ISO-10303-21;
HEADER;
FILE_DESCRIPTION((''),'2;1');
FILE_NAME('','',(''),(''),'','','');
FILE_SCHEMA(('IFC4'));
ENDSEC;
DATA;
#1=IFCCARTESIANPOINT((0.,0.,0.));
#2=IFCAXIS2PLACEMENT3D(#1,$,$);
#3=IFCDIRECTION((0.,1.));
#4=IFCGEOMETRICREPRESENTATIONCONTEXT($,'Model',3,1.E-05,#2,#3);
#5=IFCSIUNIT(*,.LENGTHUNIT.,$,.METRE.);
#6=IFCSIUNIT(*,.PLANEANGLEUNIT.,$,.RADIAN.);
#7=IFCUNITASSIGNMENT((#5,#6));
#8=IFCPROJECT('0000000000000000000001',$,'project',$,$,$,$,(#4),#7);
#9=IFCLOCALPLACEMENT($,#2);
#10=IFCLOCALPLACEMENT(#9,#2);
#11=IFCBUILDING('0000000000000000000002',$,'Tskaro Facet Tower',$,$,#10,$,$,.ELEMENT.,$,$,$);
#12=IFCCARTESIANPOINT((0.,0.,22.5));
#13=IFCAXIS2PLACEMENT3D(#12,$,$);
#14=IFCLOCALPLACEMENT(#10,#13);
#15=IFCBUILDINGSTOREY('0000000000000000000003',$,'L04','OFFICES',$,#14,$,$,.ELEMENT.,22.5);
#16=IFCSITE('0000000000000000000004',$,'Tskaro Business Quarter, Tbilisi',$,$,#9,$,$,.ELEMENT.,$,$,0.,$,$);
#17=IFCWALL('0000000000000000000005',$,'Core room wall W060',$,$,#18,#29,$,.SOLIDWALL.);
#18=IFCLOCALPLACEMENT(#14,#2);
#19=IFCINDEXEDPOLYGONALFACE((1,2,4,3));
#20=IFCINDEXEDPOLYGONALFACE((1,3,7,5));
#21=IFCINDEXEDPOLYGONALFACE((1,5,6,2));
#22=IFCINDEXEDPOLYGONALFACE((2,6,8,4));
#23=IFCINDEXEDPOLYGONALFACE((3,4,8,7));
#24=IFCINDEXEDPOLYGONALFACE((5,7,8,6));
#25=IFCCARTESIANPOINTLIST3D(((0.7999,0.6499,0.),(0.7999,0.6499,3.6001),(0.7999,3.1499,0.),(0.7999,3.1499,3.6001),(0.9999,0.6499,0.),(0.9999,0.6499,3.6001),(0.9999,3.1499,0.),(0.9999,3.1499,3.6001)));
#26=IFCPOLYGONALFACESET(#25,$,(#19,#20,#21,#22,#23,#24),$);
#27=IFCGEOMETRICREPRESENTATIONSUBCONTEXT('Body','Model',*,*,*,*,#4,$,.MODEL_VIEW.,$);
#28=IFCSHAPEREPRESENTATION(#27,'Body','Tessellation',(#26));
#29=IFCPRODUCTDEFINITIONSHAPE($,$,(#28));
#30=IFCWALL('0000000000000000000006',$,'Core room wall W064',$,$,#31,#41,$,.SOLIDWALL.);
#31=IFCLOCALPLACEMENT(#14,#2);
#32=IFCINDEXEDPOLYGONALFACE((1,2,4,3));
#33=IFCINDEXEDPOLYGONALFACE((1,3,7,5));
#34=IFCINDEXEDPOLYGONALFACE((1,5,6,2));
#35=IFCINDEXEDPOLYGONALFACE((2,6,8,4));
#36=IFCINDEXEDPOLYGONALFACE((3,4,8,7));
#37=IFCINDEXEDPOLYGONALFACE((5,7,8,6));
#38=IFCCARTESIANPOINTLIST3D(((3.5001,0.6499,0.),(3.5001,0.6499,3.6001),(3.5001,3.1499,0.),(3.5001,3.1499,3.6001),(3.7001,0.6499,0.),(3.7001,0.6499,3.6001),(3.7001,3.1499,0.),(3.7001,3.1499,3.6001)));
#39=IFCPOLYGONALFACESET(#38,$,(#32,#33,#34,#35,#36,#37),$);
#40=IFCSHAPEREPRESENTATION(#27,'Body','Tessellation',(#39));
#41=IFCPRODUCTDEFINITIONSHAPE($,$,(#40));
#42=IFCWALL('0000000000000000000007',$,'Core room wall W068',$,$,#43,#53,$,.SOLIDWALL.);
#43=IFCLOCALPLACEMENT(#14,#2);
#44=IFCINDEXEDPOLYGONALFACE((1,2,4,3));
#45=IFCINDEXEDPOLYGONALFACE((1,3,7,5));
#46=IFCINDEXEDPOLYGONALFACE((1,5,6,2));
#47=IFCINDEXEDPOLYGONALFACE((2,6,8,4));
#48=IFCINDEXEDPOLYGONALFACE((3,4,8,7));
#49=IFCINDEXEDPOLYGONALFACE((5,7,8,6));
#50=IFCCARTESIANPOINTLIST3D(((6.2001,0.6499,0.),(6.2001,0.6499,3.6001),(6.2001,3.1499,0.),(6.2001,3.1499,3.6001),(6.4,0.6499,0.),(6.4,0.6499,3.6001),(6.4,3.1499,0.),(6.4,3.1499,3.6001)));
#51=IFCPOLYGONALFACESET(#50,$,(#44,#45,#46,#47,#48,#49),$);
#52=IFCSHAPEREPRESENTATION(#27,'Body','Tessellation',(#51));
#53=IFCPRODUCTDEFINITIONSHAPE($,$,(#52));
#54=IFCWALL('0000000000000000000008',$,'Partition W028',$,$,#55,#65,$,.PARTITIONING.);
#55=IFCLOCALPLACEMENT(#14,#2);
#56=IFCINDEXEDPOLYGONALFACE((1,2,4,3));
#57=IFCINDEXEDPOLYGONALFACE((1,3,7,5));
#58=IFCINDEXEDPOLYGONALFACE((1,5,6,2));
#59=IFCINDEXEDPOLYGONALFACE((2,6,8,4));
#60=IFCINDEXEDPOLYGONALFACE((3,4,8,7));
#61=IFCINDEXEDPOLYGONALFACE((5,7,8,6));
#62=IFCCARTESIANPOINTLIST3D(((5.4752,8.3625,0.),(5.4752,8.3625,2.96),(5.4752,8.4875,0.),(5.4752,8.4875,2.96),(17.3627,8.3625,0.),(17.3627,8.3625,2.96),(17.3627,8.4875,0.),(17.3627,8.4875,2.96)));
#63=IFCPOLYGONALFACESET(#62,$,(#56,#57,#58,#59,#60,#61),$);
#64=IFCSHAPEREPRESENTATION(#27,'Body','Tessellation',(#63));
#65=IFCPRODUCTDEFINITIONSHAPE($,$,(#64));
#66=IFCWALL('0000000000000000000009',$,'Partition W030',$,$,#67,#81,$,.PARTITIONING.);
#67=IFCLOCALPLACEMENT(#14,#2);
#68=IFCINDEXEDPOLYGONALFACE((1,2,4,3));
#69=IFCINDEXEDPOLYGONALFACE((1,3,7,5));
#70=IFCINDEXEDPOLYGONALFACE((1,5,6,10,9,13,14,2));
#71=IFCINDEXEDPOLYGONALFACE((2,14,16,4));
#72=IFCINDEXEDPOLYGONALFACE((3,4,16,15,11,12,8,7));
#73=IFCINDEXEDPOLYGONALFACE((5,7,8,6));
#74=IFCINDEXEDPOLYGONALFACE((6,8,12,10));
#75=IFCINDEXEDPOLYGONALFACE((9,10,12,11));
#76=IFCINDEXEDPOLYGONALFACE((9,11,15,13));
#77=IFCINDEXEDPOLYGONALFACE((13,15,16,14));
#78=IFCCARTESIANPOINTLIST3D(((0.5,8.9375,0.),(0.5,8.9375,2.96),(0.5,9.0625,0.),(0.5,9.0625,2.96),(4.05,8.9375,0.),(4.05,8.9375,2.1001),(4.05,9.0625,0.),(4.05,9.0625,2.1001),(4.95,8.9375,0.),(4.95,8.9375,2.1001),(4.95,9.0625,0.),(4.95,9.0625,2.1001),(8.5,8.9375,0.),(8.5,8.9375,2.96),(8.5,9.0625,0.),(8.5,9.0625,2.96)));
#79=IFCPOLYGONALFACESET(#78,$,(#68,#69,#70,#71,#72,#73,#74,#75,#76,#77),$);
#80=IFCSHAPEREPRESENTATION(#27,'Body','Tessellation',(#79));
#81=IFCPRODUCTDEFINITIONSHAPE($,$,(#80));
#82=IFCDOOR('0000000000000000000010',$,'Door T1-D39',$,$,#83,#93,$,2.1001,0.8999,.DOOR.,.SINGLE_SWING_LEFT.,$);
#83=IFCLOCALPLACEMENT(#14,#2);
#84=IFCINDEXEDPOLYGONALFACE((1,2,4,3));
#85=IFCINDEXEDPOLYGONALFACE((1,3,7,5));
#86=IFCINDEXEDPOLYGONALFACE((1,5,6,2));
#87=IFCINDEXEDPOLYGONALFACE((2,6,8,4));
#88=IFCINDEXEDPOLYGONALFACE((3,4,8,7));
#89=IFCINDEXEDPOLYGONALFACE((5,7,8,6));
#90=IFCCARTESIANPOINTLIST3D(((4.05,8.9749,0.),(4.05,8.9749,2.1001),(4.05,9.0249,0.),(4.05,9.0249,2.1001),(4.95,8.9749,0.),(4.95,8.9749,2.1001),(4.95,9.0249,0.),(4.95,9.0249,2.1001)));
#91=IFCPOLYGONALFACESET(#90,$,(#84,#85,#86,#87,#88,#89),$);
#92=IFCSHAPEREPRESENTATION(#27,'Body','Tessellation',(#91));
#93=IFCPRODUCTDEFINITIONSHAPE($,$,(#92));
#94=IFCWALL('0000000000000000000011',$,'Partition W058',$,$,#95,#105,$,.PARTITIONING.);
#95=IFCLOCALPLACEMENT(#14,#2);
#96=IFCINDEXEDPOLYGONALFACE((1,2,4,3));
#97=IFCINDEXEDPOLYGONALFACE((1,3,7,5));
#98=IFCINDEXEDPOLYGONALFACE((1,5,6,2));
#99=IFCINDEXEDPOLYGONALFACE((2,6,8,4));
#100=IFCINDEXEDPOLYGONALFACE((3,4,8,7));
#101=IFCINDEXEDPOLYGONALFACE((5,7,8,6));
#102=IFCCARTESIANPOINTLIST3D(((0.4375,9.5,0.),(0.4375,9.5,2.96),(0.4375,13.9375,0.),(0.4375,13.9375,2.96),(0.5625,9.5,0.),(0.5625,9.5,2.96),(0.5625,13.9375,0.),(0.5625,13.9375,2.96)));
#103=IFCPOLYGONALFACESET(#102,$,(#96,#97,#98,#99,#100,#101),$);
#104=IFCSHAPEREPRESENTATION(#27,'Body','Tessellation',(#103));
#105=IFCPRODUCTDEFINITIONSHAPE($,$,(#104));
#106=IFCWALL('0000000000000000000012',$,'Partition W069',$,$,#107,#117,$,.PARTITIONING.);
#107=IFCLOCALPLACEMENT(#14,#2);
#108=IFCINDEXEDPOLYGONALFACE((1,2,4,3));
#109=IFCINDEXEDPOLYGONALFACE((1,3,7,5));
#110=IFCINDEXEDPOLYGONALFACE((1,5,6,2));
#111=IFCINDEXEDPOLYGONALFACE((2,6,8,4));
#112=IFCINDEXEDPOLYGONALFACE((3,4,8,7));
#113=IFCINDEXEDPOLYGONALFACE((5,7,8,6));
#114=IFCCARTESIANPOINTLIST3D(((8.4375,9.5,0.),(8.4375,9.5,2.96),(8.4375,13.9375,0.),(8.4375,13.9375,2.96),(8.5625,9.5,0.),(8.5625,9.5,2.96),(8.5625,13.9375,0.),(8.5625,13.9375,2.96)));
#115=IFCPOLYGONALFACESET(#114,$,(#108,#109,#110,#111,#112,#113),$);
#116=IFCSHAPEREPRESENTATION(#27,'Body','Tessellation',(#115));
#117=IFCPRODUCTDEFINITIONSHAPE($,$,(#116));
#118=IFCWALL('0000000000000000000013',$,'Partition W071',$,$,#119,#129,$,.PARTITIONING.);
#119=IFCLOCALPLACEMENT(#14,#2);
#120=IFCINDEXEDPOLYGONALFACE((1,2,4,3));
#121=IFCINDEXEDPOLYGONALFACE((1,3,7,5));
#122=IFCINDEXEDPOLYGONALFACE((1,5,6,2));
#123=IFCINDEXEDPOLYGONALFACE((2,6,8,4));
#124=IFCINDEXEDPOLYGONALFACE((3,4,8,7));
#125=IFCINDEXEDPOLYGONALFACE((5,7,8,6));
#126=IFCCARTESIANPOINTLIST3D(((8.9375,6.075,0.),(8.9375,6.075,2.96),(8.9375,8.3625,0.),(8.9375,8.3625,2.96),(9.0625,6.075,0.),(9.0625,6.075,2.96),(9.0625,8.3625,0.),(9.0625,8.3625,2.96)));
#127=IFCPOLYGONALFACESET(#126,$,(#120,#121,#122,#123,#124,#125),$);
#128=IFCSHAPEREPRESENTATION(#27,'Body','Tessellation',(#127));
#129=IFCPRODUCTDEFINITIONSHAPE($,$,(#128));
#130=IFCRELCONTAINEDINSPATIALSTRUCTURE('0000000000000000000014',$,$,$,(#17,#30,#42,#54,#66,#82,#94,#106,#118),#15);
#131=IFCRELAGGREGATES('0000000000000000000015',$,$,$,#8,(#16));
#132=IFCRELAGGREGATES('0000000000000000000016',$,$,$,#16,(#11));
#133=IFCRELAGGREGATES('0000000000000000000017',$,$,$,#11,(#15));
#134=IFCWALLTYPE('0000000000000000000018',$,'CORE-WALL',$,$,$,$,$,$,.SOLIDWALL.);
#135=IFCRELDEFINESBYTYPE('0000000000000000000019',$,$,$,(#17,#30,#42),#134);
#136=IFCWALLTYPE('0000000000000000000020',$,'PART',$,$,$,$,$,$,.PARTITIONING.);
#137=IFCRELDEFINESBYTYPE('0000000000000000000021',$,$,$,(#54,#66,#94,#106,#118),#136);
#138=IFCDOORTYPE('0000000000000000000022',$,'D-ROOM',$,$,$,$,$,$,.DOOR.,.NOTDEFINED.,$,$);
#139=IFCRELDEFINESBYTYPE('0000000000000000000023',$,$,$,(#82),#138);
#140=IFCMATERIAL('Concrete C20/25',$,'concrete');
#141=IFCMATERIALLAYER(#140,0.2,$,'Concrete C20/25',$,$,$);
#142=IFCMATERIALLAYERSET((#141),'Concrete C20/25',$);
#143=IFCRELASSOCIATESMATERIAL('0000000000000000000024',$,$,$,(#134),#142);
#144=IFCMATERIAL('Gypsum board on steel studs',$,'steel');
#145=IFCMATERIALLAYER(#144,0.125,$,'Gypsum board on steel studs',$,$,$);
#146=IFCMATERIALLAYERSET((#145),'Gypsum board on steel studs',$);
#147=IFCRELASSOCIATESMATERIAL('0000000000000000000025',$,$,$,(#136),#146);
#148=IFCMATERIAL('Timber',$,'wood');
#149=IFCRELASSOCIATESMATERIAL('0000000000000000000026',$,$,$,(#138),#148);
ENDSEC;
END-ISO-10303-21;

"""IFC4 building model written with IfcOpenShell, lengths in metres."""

from ifc_helpers import new_model, si_unit, direction, frame, frame_2d, origin, place, context, subcontext, project, spatial, rectangle, extrude, material, layer, layer_set, type_object, element, fill, save


model = new_model("IFC4")

# Units and contexts
model_context = context("Model", 3, precision=1e-05, world=origin(), true_north=direction((0.0, 1.0)))
body_context = subcontext(model_context, "Body", "Model", "MODEL_VIEW")
ifc_project = project(units=[si_unit("LENGTHUNIT", "METRE"), si_unit("PLANEANGLEUNIT", "RADIAN")], contexts=[model_context])

# Site, building, storey
site_placement = place(None, origin())
site = spatial("IfcSite", under=ifc_project, at=site_placement, Name="Tskaro Business Quarter, Tbilisi", CompositionType="ELEMENT", RefElevation=0.0)
building_placement = place(site_placement, origin())
building = spatial("IfcBuilding", under=site, at=building_placement, Name="Tskaro Facet Tower", CompositionType="ELEMENT")
storey_placement = place(building_placement, frame((0.0, 0.0, 22.5)))
storey = spatial("IfcBuildingStorey", under=building, at=storey_placement, Name="L04", Description="OFFICES", CompositionType="ELEMENT", Elevation=22.5)

# Walls
ifc_material_1 = material(Name="Concrete C20/25", Category="concrete")
ifc_layer_1 = layer(ifc_material_1, 0.2, Name="Concrete C20/25")
ifc_layer_set_1 = layer_set([ifc_layer_1], Name="Concrete C20/25")
wall_type_1 = type_object("IfcWallType", Name="CORE-WALL", PredefinedType="SOLIDWALL", material=ifc_layer_set_1)
for number, where, z_axis, x_axis, name in (
    (1, (0.8999, 0.6499, 0.0), (0.0, 0.0, 1.0), (0.0, 1.0, 0.0), "Core room wall W060"),
    (2, (3.6001, 0.6499, 0.0), (0.0, 0.0, 1.0), (0.0, 1.0, 0.0), "Core room wall W064"),
    (3, (6.3, 0.6499, 0.0), (0.0, 0.0, 1.0), (0.0, 1.0, 0.0), "Core room wall W068"),
):
    element("IfcWall", number, at=place(storey_placement, frame(where, z_axis=z_axis, x_axis=x_axis)), inside=storey, type_object=wall_type_1, Name=name, PredefinedType="SOLIDWALL", context=body_context, shape_type="SweptSolid", body=[
        extrude(rectangle(XDim=2.5, YDim=0.2, at=frame_2d((1.25, 0.0))), origin(), (0.0, 0.0, 1.0), 3.6001),
    ])
ifc_material_2 = material(Name="Gypsum board on steel studs", Category="steel")
ifc_layer_2 = layer(ifc_material_2, 0.125, Name="Gypsum board on steel studs")
ifc_layer_set_2 = layer_set([ifc_layer_2], Name="Gypsum board on steel studs")
wall_type_2 = type_object("IfcWallType", Name="PART", PredefinedType="PARTITIONING", material=ifc_layer_set_2)
wall_1_placement = place(storey_placement, frame((5.4751, 8.425, 0.0), z_axis=(0.0, 0.0, 1.0), x_axis=(1.0, 0.0, 0.0)))
element("IfcWall", 4, at=wall_1_placement, inside=storey, type_object=wall_type_2, Name="Partition W028", PredefinedType="PARTITIONING", context=body_context, shape_type="SweptSolid", body=[
    extrude(rectangle(XDim=11.8875, YDim=0.125, at=frame_2d((5.9438, 0.0))), origin(), (0.0, 0.0, 1.0), 2.96),
])

# Wall, opening, door
wall_2_placement = place(storey_placement, frame((0.5, 9.0, 0.0), z_axis=(0.0, 0.0, 1.0), x_axis=(1.0, 0.0, 0.0)))
wall_2 = element("IfcWall", 5, at=wall_2_placement, inside=storey, type_object=wall_type_2, Name="Partition W030", PredefinedType="PARTITIONING", context=body_context, shape_type="SweptSolid", body=[
    extrude(rectangle(XDim=8.0, YDim=0.125, at=frame_2d((4.0, 0.0))), origin(), (0.0, 0.0, 1.0), 2.96),
])
opening_1_placement = place(wall_2_placement, frame((3.55, 0.0, 0.0)))
opening_1 = element("IfcOpeningElement", 6, at=opening_1_placement, cuts=wall_2, PredefinedType="OPENING", context=body_context, shape_type="SweptSolid", body=[
    extrude(rectangle(XDim=0.8999, YDim=2.1001, at=frame_2d((0.45, 1.05))), frame((0.0, 0.0725, 0.0), z_axis=(0.0, -1.0, 0.0), x_axis=(1.0, 0.0, 0.0)), (0.0, 0.0, 1.0), 0.145),
])
ifc_material_3 = material(Name="Timber", Category="wood")
door_type_1 = type_object("IfcDoorType", Name="D-ROOM", OperationType="NOTDEFINED", PredefinedType="DOOR", material=ifc_material_3)
door_1_placement = place(opening_1_placement, origin())
door_1 = element("IfcDoor", 7, at=door_1_placement, inside=storey, type_object=door_type_1, Name="Door T1-D39", OperationType="SINGLE_SWING_LEFT", OverallHeight=2.1001, OverallWidth=0.8999, PredefinedType="DOOR", context=body_context, shape_type="SweptSolid", body=[
    extrude(rectangle(XDim=0.8999, YDim=2.1001, at=frame_2d((0.45, 1.05))), frame((0.0, 0.0249, 0.0), z_axis=(0.0, -1.0, 0.0), x_axis=(1.0, 0.0, 0.0)), (0.0, 0.0, 1.0), 0.05),
])
fill(opening_1, door_1)

# Walls
for number, where, z_axis, x_axis, name in (
    (8, (0.5, 9.5, 0.0), (0.0, 0.0, 1.0), (0.0, 1.0, 0.0), "Partition W058"),
    (9, (8.5, 9.5, 0.0), (0.0, 0.0, 1.0), (0.0, 1.0, 0.0), "Partition W069"),
):
    element("IfcWall", number, at=place(storey_placement, frame(where, z_axis=z_axis, x_axis=x_axis)), inside=storey, type_object=wall_type_2, Name=name, PredefinedType="PARTITIONING", context=body_context, shape_type="SweptSolid", body=[
        extrude(rectangle(XDim=4.4375, YDim=0.125, at=frame_2d((2.2188, 0.0))), origin(), (0.0, 0.0, 1.0), 2.96),
    ])
wall_3_placement = place(storey_placement, frame((9.0, 6.075, 0.0), z_axis=(0.0, 0.0, 1.0), x_axis=(0.0, 1.0, 0.0)))
element("IfcWall", 10, at=wall_3_placement, inside=storey, type_object=wall_type_2, Name="Partition W071", PredefinedType="PARTITIONING", context=body_context, shape_type="SweptSolid", body=[
    extrude(rectangle(XDim=2.2876, YDim=0.125, at=frame_2d((1.1438, 0.0))), origin(), (0.0, 0.0, 1.0), 2.96),
])

save(model, "model.ifc")
